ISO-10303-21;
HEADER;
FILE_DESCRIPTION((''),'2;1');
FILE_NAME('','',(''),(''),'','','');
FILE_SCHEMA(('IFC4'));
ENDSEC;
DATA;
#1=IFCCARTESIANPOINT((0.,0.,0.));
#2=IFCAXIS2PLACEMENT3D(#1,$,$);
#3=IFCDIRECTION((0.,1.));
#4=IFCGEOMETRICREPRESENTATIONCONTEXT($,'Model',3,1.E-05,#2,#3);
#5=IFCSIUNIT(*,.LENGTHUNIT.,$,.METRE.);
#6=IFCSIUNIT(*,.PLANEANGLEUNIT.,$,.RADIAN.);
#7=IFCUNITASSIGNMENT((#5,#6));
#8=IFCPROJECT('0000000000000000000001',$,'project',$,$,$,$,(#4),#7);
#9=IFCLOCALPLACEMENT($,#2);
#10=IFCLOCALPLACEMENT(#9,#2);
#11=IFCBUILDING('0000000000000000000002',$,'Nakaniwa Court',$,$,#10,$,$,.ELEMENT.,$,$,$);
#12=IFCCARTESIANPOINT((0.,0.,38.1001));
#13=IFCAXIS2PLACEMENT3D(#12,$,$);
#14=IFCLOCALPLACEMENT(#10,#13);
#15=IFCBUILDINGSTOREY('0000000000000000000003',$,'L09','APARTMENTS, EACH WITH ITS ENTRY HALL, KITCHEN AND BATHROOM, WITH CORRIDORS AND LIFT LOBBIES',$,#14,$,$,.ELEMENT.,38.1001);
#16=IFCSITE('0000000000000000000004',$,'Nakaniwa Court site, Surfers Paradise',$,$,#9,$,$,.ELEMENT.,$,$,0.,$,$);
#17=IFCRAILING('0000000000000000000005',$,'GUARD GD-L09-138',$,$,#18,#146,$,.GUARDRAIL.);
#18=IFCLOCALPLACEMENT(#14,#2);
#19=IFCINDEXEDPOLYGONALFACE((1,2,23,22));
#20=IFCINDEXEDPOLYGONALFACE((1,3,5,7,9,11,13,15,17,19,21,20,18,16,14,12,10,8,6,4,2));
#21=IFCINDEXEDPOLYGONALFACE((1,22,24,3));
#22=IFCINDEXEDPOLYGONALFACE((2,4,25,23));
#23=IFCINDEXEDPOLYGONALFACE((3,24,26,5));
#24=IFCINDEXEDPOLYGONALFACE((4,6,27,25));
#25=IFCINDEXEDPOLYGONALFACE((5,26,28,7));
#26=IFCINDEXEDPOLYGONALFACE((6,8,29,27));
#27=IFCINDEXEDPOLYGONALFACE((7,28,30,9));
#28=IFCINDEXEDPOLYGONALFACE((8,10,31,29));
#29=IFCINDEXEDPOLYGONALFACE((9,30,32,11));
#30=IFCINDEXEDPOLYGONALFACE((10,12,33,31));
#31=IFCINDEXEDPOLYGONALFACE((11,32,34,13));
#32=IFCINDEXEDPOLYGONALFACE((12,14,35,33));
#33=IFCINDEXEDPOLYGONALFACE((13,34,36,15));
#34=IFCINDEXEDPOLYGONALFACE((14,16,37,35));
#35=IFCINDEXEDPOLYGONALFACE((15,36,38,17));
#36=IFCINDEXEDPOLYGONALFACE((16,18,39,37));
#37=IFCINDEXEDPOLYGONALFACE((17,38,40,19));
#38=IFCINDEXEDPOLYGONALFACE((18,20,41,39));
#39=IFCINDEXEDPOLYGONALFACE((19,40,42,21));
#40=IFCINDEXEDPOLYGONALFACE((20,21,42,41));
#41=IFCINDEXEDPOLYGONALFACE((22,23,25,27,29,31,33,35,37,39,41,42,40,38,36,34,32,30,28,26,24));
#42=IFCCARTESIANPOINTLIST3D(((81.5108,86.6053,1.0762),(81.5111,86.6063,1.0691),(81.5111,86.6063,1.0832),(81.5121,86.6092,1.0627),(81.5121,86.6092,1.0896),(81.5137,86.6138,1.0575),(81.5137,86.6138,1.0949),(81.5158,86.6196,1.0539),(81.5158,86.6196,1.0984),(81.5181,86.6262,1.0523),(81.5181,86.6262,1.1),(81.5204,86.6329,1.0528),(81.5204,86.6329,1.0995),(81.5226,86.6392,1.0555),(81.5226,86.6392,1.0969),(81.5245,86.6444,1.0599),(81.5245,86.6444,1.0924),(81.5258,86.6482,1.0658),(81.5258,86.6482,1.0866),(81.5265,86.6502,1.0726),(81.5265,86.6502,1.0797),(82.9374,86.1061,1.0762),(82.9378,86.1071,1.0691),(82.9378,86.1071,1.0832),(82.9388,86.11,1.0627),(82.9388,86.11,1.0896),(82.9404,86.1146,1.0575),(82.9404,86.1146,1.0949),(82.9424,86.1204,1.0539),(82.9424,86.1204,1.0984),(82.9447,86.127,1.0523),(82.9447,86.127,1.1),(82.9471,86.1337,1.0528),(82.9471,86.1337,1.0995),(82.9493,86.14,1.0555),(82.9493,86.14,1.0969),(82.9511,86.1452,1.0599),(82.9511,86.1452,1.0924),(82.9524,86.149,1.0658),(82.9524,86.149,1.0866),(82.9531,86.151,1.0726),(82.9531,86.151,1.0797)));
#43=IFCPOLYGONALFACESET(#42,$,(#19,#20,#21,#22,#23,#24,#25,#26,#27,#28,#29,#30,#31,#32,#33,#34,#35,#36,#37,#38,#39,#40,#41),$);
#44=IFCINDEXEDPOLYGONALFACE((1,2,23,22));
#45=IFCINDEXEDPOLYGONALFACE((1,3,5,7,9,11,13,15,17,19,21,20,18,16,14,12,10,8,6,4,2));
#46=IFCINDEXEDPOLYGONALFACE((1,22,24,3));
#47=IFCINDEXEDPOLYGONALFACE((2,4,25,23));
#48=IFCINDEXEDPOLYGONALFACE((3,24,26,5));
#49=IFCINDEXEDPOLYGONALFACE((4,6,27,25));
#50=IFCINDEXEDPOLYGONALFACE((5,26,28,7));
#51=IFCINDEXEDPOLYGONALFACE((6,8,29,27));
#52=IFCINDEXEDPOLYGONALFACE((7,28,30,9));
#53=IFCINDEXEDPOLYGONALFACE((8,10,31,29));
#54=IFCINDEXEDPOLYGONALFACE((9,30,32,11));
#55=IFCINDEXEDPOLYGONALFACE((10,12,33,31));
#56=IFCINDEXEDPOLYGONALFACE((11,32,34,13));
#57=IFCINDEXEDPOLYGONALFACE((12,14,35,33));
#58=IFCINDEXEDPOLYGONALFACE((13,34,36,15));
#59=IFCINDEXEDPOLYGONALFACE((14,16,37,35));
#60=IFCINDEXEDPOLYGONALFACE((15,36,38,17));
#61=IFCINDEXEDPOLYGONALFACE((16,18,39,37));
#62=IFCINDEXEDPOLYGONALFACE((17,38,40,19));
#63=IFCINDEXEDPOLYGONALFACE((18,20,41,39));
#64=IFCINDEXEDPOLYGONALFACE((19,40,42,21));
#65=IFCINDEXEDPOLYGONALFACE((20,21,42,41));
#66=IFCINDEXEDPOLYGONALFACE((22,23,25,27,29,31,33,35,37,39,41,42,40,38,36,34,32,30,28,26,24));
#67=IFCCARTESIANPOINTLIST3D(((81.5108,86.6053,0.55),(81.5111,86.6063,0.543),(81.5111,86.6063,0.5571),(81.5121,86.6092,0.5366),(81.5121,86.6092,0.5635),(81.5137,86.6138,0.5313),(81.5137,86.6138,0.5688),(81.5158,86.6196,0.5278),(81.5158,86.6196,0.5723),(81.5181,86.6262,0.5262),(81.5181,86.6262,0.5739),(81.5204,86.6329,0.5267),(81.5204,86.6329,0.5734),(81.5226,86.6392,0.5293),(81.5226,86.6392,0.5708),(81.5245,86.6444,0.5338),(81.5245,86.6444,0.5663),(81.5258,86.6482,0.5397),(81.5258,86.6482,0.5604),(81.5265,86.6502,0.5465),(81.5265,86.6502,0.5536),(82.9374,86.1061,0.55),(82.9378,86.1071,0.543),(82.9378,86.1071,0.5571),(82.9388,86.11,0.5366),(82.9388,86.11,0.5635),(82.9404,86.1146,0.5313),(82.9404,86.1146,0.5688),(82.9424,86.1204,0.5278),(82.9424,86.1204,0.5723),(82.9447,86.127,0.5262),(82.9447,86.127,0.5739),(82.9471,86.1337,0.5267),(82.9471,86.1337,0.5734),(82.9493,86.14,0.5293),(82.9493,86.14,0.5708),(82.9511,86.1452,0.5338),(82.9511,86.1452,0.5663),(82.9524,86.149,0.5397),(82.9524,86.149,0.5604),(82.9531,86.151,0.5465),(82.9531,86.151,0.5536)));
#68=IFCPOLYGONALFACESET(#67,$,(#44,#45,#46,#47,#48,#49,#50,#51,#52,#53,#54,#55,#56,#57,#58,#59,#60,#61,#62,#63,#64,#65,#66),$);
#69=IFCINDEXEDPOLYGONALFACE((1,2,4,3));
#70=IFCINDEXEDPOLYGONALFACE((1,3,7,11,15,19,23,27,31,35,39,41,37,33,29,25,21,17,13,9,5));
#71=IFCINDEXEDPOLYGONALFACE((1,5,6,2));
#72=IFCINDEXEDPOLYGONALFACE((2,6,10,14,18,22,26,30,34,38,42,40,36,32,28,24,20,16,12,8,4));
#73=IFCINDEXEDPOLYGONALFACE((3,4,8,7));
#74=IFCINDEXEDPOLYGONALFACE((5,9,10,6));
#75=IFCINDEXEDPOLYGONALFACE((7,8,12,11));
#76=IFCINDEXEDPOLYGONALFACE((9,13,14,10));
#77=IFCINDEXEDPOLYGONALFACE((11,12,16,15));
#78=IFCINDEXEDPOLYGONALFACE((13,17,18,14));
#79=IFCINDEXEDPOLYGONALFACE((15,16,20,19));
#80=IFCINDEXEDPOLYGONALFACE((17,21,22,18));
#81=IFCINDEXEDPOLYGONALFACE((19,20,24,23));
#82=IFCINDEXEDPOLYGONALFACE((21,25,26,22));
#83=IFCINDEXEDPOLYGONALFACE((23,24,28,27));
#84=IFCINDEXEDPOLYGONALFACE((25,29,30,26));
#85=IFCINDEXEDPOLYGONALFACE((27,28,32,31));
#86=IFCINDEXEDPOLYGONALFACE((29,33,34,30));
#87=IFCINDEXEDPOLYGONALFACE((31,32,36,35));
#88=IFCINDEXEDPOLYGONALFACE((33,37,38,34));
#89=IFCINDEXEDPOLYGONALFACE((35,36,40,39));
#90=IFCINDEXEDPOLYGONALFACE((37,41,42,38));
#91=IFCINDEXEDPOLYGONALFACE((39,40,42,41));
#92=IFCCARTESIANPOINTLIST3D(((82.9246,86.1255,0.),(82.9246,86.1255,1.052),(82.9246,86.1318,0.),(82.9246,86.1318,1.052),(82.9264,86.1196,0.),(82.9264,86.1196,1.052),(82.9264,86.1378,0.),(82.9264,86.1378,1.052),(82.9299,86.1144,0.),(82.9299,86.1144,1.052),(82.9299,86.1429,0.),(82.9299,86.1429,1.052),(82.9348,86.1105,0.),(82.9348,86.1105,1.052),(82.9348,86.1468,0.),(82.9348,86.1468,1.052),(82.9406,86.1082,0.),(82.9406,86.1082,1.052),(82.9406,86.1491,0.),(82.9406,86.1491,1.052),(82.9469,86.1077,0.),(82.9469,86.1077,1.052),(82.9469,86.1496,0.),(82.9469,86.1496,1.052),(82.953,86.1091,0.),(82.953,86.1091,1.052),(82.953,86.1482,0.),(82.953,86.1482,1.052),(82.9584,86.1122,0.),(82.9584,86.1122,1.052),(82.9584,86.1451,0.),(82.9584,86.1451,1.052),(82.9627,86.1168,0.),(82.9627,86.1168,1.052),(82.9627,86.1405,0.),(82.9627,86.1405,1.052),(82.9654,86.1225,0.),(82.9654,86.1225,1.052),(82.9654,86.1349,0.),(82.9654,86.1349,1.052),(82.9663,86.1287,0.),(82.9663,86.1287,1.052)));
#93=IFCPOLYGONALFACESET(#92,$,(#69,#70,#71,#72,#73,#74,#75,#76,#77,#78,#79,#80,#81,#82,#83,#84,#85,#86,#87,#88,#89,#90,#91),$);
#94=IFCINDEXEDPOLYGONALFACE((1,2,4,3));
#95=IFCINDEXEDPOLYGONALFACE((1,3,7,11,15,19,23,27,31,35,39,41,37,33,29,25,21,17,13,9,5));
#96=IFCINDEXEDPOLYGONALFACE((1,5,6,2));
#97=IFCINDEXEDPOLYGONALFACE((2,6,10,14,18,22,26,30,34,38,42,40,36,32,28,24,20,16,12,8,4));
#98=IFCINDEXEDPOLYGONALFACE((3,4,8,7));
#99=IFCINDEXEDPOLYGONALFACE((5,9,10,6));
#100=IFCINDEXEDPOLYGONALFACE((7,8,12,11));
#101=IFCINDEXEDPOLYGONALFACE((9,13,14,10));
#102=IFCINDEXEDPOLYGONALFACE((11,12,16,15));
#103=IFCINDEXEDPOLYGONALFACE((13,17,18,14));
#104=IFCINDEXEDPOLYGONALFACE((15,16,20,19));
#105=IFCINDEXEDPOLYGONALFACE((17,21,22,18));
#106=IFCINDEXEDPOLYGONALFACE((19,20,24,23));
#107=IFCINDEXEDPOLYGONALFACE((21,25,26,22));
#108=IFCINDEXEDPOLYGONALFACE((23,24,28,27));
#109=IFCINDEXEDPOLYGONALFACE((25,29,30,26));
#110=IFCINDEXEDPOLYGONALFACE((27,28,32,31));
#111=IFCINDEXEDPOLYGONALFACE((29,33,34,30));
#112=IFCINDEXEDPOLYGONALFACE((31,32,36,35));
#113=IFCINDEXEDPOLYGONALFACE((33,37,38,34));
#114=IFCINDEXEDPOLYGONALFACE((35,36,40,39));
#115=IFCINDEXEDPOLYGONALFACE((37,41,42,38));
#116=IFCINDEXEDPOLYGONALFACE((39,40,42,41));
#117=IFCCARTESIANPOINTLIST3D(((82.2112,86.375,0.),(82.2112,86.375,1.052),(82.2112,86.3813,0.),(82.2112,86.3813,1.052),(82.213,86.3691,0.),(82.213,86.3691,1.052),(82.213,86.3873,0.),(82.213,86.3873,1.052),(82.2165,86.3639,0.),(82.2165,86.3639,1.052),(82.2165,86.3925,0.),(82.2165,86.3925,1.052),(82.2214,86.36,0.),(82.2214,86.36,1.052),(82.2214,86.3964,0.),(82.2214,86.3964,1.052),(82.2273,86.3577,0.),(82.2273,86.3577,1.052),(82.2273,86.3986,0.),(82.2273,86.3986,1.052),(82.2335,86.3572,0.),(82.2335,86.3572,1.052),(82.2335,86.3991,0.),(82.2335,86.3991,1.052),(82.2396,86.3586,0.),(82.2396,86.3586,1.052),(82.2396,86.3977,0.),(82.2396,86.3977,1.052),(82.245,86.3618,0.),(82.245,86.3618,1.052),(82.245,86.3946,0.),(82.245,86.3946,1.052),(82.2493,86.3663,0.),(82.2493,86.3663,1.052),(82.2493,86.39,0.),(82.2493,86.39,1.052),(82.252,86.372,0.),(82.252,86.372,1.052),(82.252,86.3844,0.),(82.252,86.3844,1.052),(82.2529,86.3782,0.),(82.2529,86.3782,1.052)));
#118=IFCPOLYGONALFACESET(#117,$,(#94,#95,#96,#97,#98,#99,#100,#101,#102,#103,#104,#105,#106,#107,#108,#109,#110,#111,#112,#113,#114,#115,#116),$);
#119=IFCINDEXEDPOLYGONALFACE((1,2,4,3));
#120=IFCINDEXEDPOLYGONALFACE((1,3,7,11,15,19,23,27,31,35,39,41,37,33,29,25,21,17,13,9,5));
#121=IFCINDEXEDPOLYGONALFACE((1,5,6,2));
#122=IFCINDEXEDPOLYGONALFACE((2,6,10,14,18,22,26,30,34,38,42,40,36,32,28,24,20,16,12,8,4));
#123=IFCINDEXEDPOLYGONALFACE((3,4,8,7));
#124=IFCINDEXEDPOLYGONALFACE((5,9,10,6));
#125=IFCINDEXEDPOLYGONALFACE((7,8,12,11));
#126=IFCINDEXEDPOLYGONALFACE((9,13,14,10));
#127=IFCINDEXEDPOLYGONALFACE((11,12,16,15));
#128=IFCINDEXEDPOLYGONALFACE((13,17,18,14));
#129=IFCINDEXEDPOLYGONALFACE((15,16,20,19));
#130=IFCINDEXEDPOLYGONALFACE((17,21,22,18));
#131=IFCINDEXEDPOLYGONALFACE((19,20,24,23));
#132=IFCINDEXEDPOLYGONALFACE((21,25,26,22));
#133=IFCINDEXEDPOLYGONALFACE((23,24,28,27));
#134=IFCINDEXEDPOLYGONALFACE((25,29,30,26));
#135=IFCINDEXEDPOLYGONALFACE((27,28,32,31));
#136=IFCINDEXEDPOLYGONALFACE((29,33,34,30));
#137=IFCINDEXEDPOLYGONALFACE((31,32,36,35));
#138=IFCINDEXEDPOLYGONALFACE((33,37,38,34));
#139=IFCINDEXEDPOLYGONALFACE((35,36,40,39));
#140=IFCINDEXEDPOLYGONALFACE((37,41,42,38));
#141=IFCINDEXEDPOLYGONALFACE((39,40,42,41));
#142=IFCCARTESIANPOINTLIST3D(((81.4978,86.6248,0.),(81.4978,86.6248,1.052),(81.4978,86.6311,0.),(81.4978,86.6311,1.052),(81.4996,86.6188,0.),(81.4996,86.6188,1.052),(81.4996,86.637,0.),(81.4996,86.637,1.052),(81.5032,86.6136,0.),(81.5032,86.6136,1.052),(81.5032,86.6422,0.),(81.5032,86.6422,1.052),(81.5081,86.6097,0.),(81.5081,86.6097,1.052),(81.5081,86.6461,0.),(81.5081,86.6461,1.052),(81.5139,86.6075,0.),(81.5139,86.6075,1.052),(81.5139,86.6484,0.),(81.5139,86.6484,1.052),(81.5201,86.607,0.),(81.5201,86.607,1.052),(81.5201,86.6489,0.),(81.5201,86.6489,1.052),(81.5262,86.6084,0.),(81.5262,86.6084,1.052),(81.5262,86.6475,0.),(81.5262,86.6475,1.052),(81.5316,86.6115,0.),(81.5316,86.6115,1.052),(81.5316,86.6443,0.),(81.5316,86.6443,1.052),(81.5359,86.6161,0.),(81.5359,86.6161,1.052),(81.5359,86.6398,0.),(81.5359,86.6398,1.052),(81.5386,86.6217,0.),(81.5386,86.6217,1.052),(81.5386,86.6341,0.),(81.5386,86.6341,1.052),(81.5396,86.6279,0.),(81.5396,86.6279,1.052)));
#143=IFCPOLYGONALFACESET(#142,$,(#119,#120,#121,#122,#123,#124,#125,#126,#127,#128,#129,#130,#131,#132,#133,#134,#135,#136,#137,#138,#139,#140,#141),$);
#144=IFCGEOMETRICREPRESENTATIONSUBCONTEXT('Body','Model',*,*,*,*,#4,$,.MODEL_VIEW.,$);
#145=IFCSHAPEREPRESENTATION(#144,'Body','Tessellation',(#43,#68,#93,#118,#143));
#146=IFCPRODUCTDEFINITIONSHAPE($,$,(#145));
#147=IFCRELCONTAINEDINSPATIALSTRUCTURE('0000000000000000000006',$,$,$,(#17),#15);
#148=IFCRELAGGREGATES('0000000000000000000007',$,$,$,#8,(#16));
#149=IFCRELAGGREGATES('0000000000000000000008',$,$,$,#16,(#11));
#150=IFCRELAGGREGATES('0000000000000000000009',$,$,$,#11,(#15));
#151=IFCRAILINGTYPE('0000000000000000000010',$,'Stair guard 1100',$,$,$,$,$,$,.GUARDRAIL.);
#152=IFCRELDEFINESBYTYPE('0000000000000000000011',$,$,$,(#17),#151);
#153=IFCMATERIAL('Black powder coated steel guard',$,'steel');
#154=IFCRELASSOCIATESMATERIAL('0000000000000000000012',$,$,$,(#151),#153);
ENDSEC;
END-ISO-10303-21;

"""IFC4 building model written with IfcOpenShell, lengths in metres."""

from ifc_helpers import new_model, si_unit, direction, frame, origin, origin_2d, place, context, subcontext, project, spatial, circle, extrude, material, type_object, element, save


model = new_model("IFC4")

# Units and contexts
model_context = context("Model", 3, precision=1e-05, world=origin(), true_north=direction((0.0, 1.0)))
body_context = subcontext(model_context, "Body", "Model", "MODEL_VIEW")
ifc_project = project(units=[si_unit("LENGTHUNIT", "METRE"), si_unit("PLANEANGLEUNIT", "RADIAN")], contexts=[model_context])

# Site, building, storey
site_placement = place(None, origin())
site = spatial("IfcSite", under=ifc_project, at=site_placement, Name="Nakaniwa Court site, Surfers Paradise", CompositionType="ELEMENT", RefElevation=0.0)
building_placement = place(site_placement, origin())
building = spatial("IfcBuilding", under=site, at=building_placement, Name="Nakaniwa Court", CompositionType="ELEMENT")
storey_placement = place(building_placement, frame((0.0, 0.0, 38.1001)))
storey = spatial("IfcBuildingStorey", under=building, at=storey_placement, Name="L09", Description="APARTMENTS, EACH WITH ITS ENTRY HALL, KITCHEN AND BATHROOM, WITH CORRIDORS AND LIFT LOBBIES", CompositionType="ELEMENT", Elevation=38.1001)

# Railing
ifc_material_1 = material(Name="Black powder coated steel guard", Category="steel")
railing_type = type_object("IfcRailingType", Name="Stair guard 1100", PredefinedType="GUARDRAIL", material=ifc_material_1)
railing_1_placement = place(storey_placement, frame((82.9453, 86.1287, 0.0)))
element("IfcRailing", 1, at=railing_1_placement, inside=storey, type_object=railing_type, Name="GUARD GD-L09-138", PredefinedType="GUARDRAIL", context=body_context, shape_type="SweptSolid", body=[
    extrude(circle(Radius=0.0239, at=origin_2d()), frame((0.0, 0.0, 1.0762), z_axis=(-0.943878, 0.330293, 0.0), x_axis=(-0.330293, -0.943878, 0.0)), (0.0, 0.0, 1.0), 1.5115),
    extrude(circle(Radius=0.0239, at=origin_2d()), frame((0.0, 0.0, 0.55), z_axis=(-0.943878, 0.330293, 0.0), x_axis=(-0.330293, -0.943878, 0.0)), (0.0, 0.0, 1.0), 1.5115),
    extrude(circle(Radius=0.021, at=origin_2d()), origin(), (0.0, 0.0, 1.0), 1.052),
    extrude(circle(Radius=0.021, at=origin_2d()), frame((-0.7134, 0.2495, 0.0)), (0.0, 0.0, 1.0), 1.052),
    extrude(circle(Radius=0.021, at=origin_2d()), frame((-1.4268, 0.4993, 0.0)), (0.0, 0.0, 1.0), 1.052),
])

save(model, "model.ifc")
